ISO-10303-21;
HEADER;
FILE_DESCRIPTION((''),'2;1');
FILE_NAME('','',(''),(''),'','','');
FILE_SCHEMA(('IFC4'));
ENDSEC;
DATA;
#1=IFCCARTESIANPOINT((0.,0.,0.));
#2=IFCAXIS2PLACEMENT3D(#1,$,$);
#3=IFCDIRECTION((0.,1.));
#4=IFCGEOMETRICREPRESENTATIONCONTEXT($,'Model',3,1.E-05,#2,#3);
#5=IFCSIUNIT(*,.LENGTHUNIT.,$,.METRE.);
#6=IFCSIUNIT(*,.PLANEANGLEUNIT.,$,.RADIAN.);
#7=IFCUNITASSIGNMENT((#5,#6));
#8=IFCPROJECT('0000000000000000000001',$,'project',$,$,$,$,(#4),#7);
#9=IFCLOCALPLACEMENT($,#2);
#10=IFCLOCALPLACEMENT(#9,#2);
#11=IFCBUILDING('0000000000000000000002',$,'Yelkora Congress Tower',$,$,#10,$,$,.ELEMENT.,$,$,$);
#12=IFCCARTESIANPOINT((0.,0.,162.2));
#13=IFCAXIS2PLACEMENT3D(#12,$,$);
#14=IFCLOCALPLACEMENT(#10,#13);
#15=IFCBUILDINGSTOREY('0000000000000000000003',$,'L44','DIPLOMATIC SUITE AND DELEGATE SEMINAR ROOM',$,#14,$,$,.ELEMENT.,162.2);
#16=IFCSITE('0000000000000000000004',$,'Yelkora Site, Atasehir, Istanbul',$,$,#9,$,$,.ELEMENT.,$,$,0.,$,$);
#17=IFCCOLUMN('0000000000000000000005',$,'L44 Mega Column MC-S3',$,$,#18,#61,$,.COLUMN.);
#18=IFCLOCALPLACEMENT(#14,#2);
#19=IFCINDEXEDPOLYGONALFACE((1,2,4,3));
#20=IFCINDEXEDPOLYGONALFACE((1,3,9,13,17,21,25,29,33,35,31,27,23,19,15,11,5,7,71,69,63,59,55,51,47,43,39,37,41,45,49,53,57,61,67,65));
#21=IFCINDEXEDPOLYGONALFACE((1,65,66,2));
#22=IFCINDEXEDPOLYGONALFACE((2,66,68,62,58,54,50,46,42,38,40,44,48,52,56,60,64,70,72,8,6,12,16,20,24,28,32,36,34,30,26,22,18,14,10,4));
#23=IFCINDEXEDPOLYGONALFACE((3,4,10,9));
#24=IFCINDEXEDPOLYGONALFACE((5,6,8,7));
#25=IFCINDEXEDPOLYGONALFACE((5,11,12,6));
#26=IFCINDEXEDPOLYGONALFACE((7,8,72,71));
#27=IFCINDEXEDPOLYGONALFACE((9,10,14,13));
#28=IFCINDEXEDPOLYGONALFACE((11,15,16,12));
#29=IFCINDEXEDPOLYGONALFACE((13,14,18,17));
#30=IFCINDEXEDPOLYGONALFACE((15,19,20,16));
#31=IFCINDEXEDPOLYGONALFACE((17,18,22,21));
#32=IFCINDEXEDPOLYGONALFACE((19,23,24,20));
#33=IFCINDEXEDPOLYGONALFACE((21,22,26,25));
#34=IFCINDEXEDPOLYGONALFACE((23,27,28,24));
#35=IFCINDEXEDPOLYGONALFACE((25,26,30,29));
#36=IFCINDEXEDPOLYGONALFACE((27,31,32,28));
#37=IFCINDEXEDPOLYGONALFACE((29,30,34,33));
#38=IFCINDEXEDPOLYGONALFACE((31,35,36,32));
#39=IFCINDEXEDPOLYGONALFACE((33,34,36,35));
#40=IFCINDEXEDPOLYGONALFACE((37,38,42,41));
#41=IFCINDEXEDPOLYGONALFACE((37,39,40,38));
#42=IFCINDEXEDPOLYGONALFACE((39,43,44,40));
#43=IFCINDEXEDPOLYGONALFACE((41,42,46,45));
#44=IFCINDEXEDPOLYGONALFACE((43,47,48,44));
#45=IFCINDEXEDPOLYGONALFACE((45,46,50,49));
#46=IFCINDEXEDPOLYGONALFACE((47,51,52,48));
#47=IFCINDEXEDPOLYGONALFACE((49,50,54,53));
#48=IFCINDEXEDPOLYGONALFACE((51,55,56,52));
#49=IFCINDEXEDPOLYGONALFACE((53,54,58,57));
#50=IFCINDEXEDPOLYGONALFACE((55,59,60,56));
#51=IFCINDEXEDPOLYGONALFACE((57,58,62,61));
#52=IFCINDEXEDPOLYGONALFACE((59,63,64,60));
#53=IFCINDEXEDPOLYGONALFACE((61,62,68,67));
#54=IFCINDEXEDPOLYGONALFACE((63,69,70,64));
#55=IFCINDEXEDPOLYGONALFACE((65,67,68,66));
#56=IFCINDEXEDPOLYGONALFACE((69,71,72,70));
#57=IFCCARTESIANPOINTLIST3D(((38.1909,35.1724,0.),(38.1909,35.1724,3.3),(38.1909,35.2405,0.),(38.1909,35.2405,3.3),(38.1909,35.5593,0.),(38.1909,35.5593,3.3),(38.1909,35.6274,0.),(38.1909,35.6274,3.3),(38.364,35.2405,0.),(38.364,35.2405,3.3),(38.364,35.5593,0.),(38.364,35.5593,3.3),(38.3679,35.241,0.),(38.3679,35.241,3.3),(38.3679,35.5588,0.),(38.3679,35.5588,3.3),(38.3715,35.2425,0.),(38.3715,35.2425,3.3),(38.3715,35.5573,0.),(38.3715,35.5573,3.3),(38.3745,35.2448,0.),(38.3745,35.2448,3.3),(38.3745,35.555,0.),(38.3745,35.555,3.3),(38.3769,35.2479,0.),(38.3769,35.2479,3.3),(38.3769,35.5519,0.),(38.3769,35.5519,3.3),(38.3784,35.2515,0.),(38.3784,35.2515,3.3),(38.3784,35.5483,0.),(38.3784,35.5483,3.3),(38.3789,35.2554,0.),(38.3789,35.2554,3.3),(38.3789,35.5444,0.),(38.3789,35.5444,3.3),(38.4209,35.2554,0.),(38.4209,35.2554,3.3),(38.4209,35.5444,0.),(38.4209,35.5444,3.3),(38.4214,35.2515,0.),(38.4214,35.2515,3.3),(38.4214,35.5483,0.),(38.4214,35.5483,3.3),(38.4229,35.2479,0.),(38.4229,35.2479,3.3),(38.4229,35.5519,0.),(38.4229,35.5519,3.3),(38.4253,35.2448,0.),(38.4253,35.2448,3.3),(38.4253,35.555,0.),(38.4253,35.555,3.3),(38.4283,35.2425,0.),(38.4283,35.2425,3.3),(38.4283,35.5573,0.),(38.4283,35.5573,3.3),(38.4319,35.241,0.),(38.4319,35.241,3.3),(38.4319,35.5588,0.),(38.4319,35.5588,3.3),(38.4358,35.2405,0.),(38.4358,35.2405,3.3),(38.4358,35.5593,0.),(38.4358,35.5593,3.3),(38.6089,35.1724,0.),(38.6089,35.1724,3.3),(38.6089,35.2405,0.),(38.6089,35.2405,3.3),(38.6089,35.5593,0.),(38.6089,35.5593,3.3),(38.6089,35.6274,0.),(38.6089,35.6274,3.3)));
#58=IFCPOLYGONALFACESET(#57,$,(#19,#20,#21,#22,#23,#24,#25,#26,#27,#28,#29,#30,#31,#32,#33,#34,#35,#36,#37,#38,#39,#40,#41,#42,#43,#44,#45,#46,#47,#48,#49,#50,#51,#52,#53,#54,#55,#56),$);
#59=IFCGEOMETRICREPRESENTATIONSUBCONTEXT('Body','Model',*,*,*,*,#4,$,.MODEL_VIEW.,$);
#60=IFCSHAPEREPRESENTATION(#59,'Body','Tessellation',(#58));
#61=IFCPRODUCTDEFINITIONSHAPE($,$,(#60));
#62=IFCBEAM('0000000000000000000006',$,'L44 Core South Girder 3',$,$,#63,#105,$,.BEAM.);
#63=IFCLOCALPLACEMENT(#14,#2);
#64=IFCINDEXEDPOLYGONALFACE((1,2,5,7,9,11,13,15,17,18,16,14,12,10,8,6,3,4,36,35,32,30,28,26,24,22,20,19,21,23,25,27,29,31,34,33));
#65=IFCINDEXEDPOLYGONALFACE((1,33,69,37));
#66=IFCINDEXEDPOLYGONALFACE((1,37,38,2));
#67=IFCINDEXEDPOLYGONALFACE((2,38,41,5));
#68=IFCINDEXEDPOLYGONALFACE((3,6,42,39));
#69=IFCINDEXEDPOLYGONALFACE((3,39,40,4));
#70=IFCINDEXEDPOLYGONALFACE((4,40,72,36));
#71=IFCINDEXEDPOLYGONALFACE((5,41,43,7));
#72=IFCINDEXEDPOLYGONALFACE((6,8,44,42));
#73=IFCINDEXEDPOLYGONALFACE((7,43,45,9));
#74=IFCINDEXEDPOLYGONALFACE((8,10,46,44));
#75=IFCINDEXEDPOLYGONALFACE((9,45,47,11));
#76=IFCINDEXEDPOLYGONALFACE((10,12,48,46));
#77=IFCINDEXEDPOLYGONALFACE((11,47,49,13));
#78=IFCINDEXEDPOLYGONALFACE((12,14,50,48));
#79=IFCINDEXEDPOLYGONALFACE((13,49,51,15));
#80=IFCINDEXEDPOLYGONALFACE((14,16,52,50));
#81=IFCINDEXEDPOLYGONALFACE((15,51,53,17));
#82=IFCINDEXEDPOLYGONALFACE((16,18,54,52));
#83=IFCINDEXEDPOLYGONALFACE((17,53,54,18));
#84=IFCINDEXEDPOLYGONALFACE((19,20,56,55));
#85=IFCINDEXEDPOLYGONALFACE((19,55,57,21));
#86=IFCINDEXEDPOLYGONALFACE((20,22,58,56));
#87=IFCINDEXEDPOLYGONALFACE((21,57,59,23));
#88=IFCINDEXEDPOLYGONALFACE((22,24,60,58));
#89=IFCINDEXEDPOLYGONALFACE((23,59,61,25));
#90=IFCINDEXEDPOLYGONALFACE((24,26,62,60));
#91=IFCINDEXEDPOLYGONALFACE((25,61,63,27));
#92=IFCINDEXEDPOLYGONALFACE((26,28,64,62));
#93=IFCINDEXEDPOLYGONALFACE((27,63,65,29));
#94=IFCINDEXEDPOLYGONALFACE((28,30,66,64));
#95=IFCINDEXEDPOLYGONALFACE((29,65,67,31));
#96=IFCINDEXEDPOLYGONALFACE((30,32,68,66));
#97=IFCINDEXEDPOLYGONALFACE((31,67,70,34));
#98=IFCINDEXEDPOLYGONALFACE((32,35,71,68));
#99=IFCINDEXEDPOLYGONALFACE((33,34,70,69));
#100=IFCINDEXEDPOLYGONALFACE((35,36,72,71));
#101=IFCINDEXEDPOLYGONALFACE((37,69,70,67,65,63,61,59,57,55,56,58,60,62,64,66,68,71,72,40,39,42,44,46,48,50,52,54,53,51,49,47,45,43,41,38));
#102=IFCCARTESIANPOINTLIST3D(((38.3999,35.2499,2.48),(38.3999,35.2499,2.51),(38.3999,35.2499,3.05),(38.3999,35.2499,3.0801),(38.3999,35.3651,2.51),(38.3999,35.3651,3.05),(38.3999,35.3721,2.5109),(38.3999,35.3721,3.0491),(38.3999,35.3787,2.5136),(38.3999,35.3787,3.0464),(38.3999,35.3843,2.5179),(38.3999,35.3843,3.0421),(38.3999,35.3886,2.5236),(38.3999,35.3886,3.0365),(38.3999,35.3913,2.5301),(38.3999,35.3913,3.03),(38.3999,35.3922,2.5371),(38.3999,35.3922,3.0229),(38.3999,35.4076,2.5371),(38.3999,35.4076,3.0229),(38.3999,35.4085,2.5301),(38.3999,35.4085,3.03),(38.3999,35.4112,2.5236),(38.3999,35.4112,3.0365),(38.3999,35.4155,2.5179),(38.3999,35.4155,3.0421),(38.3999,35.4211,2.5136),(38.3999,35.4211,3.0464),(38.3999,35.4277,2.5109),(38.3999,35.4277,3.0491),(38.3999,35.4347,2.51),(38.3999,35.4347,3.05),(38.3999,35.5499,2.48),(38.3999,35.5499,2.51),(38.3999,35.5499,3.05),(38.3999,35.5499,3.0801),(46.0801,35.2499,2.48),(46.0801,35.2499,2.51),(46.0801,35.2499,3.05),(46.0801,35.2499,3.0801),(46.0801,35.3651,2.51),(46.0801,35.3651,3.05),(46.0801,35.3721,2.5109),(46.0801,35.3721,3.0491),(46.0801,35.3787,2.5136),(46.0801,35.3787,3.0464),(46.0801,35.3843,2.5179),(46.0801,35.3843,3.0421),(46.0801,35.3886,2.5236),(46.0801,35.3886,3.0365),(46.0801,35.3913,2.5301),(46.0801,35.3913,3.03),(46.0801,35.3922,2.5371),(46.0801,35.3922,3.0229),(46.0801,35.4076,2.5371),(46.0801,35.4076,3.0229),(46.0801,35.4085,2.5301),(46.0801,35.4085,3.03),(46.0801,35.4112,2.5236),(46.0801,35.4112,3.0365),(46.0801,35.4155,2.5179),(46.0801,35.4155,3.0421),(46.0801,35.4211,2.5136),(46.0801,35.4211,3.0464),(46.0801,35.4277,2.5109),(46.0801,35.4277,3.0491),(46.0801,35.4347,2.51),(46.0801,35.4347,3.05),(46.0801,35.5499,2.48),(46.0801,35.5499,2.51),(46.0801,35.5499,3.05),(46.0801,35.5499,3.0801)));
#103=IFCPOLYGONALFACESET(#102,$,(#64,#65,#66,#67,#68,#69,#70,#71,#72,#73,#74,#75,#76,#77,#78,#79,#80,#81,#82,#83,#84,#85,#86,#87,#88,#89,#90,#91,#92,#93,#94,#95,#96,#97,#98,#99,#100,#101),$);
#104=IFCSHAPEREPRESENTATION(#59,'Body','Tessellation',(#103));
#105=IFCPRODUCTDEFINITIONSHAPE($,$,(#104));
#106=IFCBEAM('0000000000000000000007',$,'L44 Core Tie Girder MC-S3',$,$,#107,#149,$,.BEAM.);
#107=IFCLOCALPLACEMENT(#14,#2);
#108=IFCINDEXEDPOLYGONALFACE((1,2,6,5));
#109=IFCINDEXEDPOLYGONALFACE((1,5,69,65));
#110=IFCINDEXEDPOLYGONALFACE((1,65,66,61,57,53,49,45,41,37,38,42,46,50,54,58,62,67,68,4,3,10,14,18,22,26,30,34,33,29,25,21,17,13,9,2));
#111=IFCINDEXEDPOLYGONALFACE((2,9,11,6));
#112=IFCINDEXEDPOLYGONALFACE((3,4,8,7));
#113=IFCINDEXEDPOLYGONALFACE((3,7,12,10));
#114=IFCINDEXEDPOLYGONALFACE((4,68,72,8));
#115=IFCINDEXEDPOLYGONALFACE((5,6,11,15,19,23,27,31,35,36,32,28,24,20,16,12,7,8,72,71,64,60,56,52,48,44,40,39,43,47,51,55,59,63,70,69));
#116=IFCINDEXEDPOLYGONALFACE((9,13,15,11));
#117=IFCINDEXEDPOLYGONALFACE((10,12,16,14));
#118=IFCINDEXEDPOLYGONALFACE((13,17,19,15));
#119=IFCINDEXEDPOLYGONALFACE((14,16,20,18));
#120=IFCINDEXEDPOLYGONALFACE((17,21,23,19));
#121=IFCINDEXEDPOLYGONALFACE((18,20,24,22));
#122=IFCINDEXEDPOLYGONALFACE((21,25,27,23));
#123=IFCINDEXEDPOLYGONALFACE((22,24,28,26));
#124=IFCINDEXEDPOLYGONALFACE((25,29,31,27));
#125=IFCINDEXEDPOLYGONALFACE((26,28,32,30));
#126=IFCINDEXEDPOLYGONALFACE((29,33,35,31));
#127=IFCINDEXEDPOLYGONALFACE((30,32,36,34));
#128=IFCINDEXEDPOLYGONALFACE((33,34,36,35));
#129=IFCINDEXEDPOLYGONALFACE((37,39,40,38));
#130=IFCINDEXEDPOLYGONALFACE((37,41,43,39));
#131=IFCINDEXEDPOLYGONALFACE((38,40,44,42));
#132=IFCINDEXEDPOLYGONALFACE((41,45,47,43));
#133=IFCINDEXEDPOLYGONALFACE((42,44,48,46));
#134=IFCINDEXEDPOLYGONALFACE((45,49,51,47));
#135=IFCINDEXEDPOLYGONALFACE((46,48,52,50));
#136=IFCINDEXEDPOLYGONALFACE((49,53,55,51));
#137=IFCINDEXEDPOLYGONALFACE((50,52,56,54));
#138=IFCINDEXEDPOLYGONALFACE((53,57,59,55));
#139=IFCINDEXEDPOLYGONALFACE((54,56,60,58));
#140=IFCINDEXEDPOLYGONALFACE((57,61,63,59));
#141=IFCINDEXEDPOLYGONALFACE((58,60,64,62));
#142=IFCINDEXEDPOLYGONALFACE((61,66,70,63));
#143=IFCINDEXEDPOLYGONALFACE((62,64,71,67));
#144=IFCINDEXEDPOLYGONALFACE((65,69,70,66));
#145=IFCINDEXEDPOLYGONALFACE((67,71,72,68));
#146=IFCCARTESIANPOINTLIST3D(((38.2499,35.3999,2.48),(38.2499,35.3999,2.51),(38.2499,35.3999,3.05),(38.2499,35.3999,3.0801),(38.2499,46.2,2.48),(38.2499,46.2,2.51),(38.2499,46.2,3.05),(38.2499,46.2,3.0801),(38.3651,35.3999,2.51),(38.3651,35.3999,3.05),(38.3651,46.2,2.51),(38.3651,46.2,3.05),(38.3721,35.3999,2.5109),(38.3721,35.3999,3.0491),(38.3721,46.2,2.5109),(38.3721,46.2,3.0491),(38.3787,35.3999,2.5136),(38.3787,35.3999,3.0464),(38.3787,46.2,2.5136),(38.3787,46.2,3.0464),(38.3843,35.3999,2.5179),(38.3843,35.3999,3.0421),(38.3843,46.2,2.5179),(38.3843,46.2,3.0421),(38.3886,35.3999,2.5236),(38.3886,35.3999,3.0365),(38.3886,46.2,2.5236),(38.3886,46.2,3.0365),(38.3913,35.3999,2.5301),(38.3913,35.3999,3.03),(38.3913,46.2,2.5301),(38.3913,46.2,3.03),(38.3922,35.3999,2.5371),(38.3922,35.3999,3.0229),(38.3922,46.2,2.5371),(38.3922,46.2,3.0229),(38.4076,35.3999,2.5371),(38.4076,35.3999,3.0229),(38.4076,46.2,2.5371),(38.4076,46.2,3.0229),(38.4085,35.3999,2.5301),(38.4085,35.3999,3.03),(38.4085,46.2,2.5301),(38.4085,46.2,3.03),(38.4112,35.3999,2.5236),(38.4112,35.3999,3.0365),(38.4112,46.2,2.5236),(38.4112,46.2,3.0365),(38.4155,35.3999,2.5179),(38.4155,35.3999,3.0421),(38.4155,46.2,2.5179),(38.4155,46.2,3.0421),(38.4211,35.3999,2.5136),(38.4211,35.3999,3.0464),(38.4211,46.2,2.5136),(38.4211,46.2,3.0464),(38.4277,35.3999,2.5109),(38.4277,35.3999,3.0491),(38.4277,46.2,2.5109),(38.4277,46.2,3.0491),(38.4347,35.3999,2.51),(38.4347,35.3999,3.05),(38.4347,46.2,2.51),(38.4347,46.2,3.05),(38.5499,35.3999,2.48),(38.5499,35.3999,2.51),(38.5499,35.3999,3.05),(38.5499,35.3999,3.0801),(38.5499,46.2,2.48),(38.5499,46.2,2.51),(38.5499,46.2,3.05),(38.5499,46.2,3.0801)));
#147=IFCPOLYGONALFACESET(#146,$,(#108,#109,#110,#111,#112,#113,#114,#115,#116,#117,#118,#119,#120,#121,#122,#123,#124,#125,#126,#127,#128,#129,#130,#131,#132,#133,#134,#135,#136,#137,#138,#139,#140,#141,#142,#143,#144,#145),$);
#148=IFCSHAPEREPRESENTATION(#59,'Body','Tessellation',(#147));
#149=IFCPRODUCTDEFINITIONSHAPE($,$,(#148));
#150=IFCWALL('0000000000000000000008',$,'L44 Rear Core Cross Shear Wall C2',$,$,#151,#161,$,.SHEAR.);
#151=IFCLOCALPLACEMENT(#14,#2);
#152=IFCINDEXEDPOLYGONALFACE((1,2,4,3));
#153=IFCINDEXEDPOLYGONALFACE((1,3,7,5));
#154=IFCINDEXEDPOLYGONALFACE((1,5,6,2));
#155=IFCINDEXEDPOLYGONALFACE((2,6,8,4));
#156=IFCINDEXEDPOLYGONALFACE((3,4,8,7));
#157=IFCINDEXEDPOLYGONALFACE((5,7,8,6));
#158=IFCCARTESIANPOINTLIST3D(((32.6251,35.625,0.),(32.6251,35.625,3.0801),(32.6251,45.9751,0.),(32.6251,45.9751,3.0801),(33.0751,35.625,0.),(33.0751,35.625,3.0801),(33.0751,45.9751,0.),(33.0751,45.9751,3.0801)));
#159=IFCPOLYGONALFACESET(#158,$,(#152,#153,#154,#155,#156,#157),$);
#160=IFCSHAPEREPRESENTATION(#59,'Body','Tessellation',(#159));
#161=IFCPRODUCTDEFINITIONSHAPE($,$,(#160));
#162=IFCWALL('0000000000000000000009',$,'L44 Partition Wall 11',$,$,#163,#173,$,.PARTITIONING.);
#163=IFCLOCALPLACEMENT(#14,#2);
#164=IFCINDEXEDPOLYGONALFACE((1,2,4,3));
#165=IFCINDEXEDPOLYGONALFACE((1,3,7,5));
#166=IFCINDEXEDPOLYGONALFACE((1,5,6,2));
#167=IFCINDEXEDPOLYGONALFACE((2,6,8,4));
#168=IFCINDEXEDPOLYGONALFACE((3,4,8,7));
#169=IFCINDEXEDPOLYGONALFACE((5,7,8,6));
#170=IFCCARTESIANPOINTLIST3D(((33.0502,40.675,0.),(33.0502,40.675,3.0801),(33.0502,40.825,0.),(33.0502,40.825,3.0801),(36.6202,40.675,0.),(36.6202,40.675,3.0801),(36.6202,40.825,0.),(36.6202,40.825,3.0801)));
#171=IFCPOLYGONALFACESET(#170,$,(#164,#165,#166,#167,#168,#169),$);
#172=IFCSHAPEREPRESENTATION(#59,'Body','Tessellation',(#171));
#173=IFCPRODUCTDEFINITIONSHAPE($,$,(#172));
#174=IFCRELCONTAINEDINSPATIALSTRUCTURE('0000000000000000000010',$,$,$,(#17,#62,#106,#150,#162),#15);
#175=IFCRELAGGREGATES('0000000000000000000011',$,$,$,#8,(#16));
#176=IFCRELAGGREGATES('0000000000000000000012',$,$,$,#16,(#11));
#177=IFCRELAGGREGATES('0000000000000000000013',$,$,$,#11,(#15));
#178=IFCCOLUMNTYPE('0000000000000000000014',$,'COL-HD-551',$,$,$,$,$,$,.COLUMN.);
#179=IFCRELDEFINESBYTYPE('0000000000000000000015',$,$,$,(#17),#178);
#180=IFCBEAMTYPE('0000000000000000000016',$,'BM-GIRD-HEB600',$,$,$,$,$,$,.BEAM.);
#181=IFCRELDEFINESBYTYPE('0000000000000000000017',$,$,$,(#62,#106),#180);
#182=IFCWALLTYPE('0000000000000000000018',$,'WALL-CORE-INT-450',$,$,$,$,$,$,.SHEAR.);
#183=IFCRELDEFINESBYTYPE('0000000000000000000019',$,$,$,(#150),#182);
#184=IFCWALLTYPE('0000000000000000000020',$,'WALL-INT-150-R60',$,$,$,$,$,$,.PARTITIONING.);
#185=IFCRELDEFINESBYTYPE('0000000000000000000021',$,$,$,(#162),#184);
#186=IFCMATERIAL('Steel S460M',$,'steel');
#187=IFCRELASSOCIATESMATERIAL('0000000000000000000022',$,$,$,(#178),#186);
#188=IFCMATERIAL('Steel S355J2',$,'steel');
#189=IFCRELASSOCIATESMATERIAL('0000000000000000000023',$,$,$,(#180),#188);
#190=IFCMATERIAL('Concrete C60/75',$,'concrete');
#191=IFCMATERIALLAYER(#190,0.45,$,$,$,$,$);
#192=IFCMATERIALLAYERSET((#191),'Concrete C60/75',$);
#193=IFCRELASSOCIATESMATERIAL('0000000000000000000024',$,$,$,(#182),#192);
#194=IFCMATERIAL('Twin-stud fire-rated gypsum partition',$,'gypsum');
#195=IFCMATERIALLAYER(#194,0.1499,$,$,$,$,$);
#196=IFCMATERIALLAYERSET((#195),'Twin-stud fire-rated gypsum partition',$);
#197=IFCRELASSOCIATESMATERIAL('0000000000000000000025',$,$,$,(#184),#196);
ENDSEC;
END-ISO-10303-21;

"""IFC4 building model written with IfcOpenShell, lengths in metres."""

from ifc_helpers import new_model, si_unit, direction, frame, frame_2d, origin, origin_2d, place, context, subcontext, project, spatial, rectangle, i_section, extrude, material, layer, layer_set, material_profile, profile_set, type_object, element, save


model = new_model("IFC4")

# Units and contexts
model_context = context("Model", 3, precision=1e-05, world=origin(), true_north=direction((0.0, 1.0)))
body_context = subcontext(model_context, "Body", "Model", "MODEL_VIEW")
ifc_project = project(units=[si_unit("LENGTHUNIT", "METRE"), si_unit("PLANEANGLEUNIT", "RADIAN")], contexts=[model_context])

# Site, building, storey
site_placement = place(None, origin())
site = spatial("IfcSite", under=ifc_project, at=site_placement, Name="Yelkora Site, Atasehir, Istanbul", CompositionType="ELEMENT", RefElevation=0.0)
building_placement = place(site_placement, origin())
building = spatial("IfcBuilding", under=site, at=building_placement, Name="Yelkora Congress Tower", CompositionType="ELEMENT")
storey_placement = place(building_placement, frame((0.0, 0.0, 162.2)))
storey = spatial("IfcBuildingStorey", under=building, at=storey_placement, Name="L44", Description="DIPLOMATIC SUITE AND DELEGATE SEMINAR ROOM", CompositionType="ELEMENT", Elevation=162.2)

# Column
ifc_material_1 = material(Name="Steel S460M", Category="steel")
ifc_material_profile_1 = material_profile(ifc_material_1, i_section(OverallWidth=0.418, OverallDepth=0.4551, WebThickness=0.042, FlangeThickness=0.0681, FilletRadius=0.0149, at=origin_2d()), Name="HD 400x551")
ifc_profile_set_1 = profile_set([ifc_material_profile_1], Name="Steel S460M")
column_type = type_object("IfcColumnType", Name="COL-HD-551", PredefinedType="COLUMN", material=ifc_profile_set_1)
column_placement = place(storey_placement, frame((38.3999, 35.3999, 0.0), z_axis=(0.0, 0.0, 1.0), x_axis=(1.0, 0.0, 0.0)))
element("IfcColumn", 1, at=column_placement, inside=storey, type_object=column_type, Name="L44 Mega Column MC-S3", PredefinedType="COLUMN", context=body_context, shape_type="SweptSolid", body=[
    extrude(i_section(OverallWidth=0.418, OverallDepth=0.4551, WebThickness=0.042, FlangeThickness=0.0681, FilletRadius=0.0149, at=origin_2d()), origin(), (0.0, 0.0, 1.0), 3.3),
])

# Beams
ifc_material_2 = material(Name="Steel S355J2", Category="steel")
ifc_material_profile_2 = material_profile(ifc_material_2, i_section(OverallWidth=0.3, OverallDepth=0.6001, WebThickness=0.0154, FlangeThickness=0.03, FilletRadius=0.0271, at=origin_2d()), Name="HEB 600")
ifc_profile_set_2 = profile_set([ifc_material_profile_2], Name="Steel S355J2")
beam_type = type_object("IfcBeamType", Name="BM-GIRD-HEB600", PredefinedType="BEAM", material=ifc_profile_set_2)
beam_1_placement = place(storey_placement, frame((38.3999, 35.3999, 2.78), z_axis=(1.0, 0.0, 0.0), x_axis=(0.0, 1.0, 0.0)))
element("IfcBeam", 2, at=beam_1_placement, inside=storey, type_object=beam_type, Name="L44 Core South Girder 3", PredefinedType="BEAM", context=body_context, shape_type="SweptSolid", body=[
    extrude(i_section(OverallWidth=0.3, OverallDepth=0.6001, WebThickness=0.0154, FlangeThickness=0.03, FilletRadius=0.0271, at=origin_2d()), origin(), (0.0, 0.0, 1.0), 7.6802),
])
beam_2_placement = place(storey_placement, frame((38.3999, 35.3999, 2.78), z_axis=(0.0, 1.0, 0.0), x_axis=(-1.0, 0.0, 0.0)))
element("IfcBeam", 3, at=beam_2_placement, inside=storey, type_object=beam_type, Name="L44 Core Tie Girder MC-S3", PredefinedType="BEAM", context=body_context, shape_type="SweptSolid", body=[
    extrude(i_section(OverallWidth=0.3, OverallDepth=0.6001, WebThickness=0.0154, FlangeThickness=0.03, FilletRadius=0.0271, at=origin_2d()), origin(), (0.0, 0.0, 1.0), 10.8),
])

# Shared definitions
ifc_material_3 = material(Name="Concrete C60/75", Category="concrete")
ifc_layer_1 = layer(ifc_material_3, 0.45)
ifc_layer_set_1 = layer_set([ifc_layer_1], Name="Concrete C60/75")
wall_type_1 = type_object("IfcWallType", Name="WALL-CORE-INT-450", PredefinedType="SHEAR", material=ifc_layer_set_1)

# Walls
wall_1_placement = place(storey_placement, frame((32.8501, 35.625, 0.0), z_axis=(0.0, 0.0, 1.0), x_axis=(0.0, 1.0, 0.0)))
element("IfcWall", 4, at=wall_1_placement, inside=storey, type_object=wall_type_1, Name="L44 Rear Core Cross Shear Wall C2", PredefinedType="SHEAR", context=body_context, shape_type="SweptSolid", body=[
    extrude(rectangle(XDim=10.3501, YDim=0.45, at=frame_2d((5.175, 0.0))), origin(), (0.0, 0.0, 1.0), 3.0801),
])
ifc_material_4 = material(Name="Twin-stud fire-rated gypsum partition", Category="gypsum")
ifc_layer_2 = layer(ifc_material_4, 0.1499)
ifc_layer_set_2 = layer_set([ifc_layer_2], Name="Twin-stud fire-rated gypsum partition")
wall_type_2 = type_object("IfcWallType", Name="WALL-INT-150-R60", PredefinedType="PARTITIONING", material=ifc_layer_set_2)
wall_2_placement = place(storey_placement, frame((33.05, 40.75, 0.0), z_axis=(0.0, 0.0, 1.0), x_axis=(1.0, 0.0, 0.0)))
element("IfcWall", 5, at=wall_2_placement, inside=storey, type_object=wall_type_2, Name="L44 Partition Wall 11", PredefinedType="PARTITIONING", context=body_context, shape_type="SweptSolid", body=[
    extrude(rectangle(XDim=3.5701, YDim=0.1499, at=frame_2d((1.7852, 0.0))), origin(), (0.0, 0.0, 1.0), 3.0801),
])

save(model, "model.ifc")
